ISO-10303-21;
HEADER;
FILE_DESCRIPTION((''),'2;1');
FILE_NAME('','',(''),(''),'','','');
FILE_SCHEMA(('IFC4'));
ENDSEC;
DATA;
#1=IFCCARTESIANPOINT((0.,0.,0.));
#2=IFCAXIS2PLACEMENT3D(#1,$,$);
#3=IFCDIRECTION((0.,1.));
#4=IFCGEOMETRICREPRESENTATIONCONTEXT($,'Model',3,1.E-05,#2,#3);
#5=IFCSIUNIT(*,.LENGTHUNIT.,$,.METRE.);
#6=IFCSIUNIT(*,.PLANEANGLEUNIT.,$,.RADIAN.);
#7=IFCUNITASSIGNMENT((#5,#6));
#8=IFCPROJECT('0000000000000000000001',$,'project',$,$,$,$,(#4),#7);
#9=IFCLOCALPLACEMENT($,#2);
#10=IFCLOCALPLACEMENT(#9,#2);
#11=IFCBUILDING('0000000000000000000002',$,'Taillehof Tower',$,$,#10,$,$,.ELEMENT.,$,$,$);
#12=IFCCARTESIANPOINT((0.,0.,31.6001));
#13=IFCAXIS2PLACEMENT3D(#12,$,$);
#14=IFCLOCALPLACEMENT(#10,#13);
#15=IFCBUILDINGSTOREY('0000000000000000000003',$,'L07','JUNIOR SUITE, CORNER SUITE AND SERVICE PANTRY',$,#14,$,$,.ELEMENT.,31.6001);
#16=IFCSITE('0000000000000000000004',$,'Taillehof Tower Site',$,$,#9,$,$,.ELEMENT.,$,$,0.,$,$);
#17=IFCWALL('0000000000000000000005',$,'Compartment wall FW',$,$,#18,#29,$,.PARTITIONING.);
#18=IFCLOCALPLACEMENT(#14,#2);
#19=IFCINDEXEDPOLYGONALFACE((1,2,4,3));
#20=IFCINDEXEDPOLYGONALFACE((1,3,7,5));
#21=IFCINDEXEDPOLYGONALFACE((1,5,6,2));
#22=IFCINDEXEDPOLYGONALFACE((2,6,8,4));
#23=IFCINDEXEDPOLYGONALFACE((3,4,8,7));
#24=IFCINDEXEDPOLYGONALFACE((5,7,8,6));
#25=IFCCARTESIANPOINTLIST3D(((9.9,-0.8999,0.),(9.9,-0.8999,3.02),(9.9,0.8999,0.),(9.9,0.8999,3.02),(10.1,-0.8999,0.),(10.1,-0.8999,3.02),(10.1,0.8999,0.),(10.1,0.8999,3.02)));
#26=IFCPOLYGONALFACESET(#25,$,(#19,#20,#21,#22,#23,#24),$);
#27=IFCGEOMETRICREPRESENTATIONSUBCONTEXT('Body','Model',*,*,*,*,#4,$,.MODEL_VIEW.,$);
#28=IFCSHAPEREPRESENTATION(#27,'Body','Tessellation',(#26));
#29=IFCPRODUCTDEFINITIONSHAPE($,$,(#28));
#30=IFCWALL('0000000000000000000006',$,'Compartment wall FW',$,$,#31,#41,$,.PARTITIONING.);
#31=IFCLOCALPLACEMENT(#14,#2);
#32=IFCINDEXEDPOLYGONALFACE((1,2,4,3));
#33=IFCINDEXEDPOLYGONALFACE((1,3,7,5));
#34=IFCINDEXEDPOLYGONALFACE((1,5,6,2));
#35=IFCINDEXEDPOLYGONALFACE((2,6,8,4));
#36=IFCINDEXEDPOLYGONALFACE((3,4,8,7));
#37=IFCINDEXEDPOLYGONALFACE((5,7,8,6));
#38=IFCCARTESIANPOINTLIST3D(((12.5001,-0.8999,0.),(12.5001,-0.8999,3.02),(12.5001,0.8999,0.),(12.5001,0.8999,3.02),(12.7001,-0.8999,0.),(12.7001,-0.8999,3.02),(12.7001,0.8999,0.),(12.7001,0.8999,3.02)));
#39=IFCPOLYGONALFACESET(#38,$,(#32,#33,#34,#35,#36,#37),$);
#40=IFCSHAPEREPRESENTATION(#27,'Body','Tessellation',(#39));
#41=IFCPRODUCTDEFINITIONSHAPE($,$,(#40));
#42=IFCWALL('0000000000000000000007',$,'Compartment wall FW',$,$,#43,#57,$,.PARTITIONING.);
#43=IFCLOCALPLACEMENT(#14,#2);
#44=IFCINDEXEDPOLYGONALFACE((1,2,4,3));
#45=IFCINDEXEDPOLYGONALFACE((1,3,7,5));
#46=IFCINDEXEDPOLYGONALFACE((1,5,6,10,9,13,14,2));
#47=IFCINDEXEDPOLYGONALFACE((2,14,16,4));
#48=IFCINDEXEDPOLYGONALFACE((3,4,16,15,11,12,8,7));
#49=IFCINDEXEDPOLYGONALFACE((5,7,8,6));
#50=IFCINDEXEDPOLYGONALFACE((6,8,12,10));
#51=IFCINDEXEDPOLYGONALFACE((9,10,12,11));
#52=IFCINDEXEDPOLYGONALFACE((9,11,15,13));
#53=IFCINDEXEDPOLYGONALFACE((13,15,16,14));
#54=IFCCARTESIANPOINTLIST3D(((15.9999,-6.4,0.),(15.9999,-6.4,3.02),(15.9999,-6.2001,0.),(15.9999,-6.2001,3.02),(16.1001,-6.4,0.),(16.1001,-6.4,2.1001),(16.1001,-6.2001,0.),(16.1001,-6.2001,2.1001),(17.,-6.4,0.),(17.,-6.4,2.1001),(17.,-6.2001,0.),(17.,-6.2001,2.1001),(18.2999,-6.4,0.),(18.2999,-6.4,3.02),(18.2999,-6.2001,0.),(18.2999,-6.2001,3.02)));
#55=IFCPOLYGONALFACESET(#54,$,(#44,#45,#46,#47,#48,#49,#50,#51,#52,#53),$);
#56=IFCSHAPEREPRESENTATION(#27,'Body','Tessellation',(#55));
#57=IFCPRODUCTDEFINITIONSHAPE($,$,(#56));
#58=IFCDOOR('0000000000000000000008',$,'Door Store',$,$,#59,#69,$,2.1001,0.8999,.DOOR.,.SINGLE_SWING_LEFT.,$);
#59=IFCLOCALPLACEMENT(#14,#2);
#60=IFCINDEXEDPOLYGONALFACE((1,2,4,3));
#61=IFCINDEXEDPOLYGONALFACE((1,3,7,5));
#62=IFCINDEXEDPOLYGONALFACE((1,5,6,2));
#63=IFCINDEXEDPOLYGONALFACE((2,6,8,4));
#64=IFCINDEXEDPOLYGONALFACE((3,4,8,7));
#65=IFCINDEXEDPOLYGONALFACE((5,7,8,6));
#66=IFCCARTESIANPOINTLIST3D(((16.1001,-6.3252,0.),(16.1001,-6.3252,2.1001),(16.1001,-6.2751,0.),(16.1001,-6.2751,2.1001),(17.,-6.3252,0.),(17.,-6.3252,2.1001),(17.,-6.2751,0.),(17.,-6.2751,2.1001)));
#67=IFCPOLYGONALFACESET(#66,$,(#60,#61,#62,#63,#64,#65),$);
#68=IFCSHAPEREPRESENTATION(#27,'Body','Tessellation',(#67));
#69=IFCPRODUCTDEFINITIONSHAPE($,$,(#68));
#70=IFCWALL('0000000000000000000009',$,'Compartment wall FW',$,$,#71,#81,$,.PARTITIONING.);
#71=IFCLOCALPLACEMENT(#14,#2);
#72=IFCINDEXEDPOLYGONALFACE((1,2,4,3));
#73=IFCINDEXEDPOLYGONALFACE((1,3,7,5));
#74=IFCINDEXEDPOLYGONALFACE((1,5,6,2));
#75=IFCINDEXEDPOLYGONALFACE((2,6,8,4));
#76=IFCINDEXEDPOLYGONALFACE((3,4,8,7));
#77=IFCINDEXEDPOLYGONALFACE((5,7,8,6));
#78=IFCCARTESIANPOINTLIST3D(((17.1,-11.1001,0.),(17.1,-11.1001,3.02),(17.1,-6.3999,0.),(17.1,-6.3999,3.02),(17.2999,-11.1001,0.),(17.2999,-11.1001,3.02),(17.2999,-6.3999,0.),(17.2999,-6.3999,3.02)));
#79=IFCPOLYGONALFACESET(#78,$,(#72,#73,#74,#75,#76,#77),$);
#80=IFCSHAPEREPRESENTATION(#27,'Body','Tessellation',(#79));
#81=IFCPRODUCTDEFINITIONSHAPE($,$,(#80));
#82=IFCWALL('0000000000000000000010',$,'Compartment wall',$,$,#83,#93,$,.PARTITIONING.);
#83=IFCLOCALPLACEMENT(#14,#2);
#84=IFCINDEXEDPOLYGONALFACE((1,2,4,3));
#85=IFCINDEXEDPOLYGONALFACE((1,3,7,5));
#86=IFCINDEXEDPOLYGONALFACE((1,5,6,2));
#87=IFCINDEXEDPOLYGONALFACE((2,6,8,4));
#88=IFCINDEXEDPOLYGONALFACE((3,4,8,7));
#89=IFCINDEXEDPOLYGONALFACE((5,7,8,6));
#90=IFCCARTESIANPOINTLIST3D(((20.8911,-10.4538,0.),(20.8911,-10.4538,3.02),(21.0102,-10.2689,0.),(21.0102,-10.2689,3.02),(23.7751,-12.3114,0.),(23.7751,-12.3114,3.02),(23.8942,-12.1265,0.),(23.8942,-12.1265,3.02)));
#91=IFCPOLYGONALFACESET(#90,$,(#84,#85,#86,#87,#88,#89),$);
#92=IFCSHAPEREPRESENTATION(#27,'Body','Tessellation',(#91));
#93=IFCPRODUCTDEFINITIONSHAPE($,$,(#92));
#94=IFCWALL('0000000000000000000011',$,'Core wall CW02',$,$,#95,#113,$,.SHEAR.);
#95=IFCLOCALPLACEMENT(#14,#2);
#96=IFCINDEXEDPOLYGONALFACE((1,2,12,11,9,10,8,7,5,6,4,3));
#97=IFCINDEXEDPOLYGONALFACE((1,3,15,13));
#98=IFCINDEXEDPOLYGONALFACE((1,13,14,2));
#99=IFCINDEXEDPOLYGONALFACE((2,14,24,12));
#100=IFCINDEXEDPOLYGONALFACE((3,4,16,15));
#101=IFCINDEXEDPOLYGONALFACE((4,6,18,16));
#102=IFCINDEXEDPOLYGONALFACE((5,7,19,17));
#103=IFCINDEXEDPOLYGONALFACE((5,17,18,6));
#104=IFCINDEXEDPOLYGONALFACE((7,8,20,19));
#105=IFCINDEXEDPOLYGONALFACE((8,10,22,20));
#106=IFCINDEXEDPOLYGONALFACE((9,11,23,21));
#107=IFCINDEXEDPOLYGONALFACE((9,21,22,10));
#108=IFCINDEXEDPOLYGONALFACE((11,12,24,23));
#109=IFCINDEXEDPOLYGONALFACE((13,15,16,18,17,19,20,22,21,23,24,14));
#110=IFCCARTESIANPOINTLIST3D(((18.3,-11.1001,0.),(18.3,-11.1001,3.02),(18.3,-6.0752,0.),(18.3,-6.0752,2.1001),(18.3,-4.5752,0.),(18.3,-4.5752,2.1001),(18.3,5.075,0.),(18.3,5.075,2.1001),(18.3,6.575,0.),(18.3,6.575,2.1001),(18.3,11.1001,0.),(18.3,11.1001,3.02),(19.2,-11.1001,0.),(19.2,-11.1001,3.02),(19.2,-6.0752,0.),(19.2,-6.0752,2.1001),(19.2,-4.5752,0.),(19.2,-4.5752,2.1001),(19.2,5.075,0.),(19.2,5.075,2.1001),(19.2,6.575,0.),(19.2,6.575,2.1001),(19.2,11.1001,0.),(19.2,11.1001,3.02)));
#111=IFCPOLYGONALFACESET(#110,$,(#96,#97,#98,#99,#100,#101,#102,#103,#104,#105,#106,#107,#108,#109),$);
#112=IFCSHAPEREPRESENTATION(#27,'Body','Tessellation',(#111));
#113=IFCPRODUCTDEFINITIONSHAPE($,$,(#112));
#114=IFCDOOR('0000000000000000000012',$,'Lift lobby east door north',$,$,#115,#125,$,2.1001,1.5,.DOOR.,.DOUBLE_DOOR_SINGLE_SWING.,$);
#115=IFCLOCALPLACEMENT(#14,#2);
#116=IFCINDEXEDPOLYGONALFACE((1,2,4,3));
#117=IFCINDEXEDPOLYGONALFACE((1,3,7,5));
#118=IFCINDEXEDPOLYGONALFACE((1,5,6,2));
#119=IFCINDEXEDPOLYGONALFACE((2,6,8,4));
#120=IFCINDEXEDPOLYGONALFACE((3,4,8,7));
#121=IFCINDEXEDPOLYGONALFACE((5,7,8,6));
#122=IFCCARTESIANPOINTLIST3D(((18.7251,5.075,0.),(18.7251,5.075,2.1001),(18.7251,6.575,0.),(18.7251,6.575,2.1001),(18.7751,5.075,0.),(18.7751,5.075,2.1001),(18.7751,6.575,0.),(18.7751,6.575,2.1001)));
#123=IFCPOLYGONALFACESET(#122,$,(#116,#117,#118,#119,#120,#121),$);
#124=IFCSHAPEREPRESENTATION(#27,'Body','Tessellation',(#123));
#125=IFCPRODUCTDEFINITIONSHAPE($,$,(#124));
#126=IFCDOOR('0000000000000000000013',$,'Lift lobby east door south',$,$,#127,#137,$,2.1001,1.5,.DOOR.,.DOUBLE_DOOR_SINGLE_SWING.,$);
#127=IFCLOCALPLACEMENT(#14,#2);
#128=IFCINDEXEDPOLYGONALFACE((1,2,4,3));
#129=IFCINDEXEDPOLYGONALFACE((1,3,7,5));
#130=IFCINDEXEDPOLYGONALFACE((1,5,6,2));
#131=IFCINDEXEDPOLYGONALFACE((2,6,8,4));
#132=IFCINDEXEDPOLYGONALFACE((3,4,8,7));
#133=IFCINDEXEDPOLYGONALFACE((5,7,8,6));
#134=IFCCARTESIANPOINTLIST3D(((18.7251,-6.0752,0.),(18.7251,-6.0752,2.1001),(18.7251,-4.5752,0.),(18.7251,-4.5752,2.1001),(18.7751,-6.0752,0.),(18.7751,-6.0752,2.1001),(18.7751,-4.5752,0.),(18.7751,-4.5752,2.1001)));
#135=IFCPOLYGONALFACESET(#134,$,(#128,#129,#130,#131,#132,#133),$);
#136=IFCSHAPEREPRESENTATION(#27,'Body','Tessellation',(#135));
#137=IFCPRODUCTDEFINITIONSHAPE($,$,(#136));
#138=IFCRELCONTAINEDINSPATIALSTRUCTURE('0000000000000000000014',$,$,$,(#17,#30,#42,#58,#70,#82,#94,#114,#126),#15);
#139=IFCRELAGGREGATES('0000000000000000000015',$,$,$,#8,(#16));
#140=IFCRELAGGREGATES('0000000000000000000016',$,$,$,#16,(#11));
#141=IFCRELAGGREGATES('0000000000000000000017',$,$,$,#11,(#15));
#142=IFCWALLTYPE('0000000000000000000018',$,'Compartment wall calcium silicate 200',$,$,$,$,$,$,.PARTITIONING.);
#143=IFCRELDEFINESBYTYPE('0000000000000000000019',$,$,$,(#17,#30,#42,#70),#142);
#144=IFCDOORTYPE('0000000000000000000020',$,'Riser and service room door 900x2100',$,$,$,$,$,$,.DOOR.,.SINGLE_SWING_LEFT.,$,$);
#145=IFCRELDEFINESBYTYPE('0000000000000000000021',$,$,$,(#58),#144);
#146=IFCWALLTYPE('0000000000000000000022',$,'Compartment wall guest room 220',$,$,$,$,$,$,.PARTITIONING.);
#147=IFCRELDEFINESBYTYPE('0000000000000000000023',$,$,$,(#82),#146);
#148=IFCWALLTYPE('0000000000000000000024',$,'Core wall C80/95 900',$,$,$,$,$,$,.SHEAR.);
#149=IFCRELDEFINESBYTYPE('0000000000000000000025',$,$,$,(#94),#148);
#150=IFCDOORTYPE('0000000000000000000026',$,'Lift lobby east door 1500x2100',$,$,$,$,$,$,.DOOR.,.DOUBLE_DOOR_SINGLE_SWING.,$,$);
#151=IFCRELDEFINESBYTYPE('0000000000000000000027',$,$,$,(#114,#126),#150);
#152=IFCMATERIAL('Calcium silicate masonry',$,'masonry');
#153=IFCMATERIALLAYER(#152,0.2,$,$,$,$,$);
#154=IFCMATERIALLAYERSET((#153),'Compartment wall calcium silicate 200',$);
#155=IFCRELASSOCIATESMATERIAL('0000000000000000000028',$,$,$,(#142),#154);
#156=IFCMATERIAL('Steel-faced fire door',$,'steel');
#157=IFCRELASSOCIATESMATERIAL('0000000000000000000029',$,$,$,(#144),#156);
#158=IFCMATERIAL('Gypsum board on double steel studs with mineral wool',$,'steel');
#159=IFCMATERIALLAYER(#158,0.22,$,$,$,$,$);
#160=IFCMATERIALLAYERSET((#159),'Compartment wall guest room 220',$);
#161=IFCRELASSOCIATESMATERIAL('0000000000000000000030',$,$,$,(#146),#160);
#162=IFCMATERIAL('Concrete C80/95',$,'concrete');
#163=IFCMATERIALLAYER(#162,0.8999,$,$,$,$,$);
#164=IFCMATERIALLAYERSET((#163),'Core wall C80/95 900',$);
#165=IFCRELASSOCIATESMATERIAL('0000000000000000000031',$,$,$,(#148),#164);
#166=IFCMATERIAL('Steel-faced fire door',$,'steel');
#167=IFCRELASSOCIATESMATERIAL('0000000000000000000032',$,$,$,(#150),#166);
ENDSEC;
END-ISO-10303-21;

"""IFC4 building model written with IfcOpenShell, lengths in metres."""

from ifc_helpers import new_model, si_unit, direction, frame, frame_2d, origin, place, context, subcontext, project, spatial, rectangle, extrude, material, layer, layer_set, type_object, element, fill, save


model = new_model("IFC4")

# Units and contexts
model_context = context("Model", 3, precision=1e-05, world=origin(), true_north=direction((0.0, 1.0)))
body_context = subcontext(model_context, "Body", "Model", "MODEL_VIEW")
ifc_project = project(units=[si_unit("LENGTHUNIT", "METRE"), si_unit("PLANEANGLEUNIT", "RADIAN")], contexts=[model_context])

# Site, building, storey
site_placement = place(None, origin())
site = spatial("IfcSite", under=ifc_project, at=site_placement, Name="Taillehof Tower Site", CompositionType="ELEMENT", RefElevation=0.0)
building_placement = place(site_placement, origin())
building = spatial("IfcBuilding", under=site, at=building_placement, Name="Taillehof Tower", CompositionType="ELEMENT")
storey_placement = place(building_placement, frame((0.0, 0.0, 31.6001)))
storey = spatial("IfcBuildingStorey", under=building, at=storey_placement, Name="L07", Description="JUNIOR SUITE, CORNER SUITE AND SERVICE PANTRY", CompositionType="ELEMENT", Elevation=31.6001)

# Walls
ifc_material_1 = material(Name="Calcium silicate masonry", Category="masonry")
ifc_layer_1 = layer(ifc_material_1, 0.2)
ifc_layer_set_1 = layer_set([ifc_layer_1], Name="Compartment wall calcium silicate 200")
wall_type_1 = type_object("IfcWallType", Name="Compartment wall calcium silicate 200", PredefinedType="PARTITIONING", material=ifc_layer_set_1)
for number, where, z_axis, x_axis, name in (
    (1, (10.0, -0.8999, 0.0), (0.0, 0.0, 1.0), (0.0, 1.0, 0.0), "Compartment wall FW"),
    (2, (12.6001, -0.8999, 0.0), (0.0, 0.0, 1.0), (0.0, 1.0, 0.0), "Compartment wall FW"),
):
    element("IfcWall", number, at=place(storey_placement, frame(where, z_axis=z_axis, x_axis=x_axis)), inside=storey, type_object=wall_type_1, Name=name, PredefinedType="PARTITIONING", context=body_context, shape_type="SweptSolid", body=[
        extrude(rectangle(XDim=1.7998, YDim=0.2, at=frame_2d((0.8999, 0.0))), origin(), (0.0, 0.0, 1.0), 3.02),
    ])

# Wall, opening, door
wall_1_placement = place(storey_placement, frame((16.0, -6.3, 0.0), z_axis=(0.0, 0.0, 1.0), x_axis=(1.0, 0.0, 0.0)))
wall_1 = element("IfcWall", 3, at=wall_1_placement, inside=storey, type_object=wall_type_1, Name="Compartment wall FW", PredefinedType="PARTITIONING", context=body_context, shape_type="SweptSolid", body=[
    extrude(rectangle(XDim=2.3, YDim=0.2, at=frame_2d((1.1499, 0.0))), origin(), (0.0, 0.0, 1.0), 3.02),
])
opening_1_placement = place(wall_1_placement, frame((0.1001, 0.0, 0.0)))
opening_1 = element("IfcOpeningElement", 4, at=opening_1_placement, cuts=wall_1, PredefinedType="OPENING", context=body_context, shape_type="SweptSolid", body=[
    extrude(rectangle(XDim=0.8999, YDim=2.1001, at=frame_2d((0.45, 1.05))), frame((0.0, 0.1099, 0.0), z_axis=(0.0, -1.0, 0.0), x_axis=(1.0, 0.0, 0.0)), (0.0, 0.0, 1.0), 0.22),
])
ifc_material_2 = material(Name="Steel-faced fire door", Category="steel")
door_type_1 = type_object("IfcDoorType", Name="Riser and service room door 900x2100", OperationType="SINGLE_SWING_LEFT", PredefinedType="DOOR", material=ifc_material_2)
door_1_placement = place(opening_1_placement, origin())
door_1 = element("IfcDoor", 5, at=door_1_placement, inside=storey, type_object=door_type_1, Name="Door Store", OperationType="SINGLE_SWING_LEFT", OverallHeight=2.1001, OverallWidth=0.8999, PredefinedType="DOOR", context=body_context, shape_type="SweptSolid", body=[
    extrude(rectangle(XDim=0.8999, YDim=2.1001, at=frame_2d((0.45, 1.05))), frame((0.0, 0.0249, 0.0), z_axis=(0.0, -1.0, 0.0), x_axis=(1.0, 0.0, 0.0)), (0.0, 0.0, 1.0), 0.05),
])
fill(opening_1, door_1)

# Walls
wall_2_placement = place(storey_placement, frame((17.2, -11.1001, 0.0), z_axis=(0.0, 0.0, 1.0), x_axis=(0.0, 1.0, 0.0)))
element("IfcWall", 6, at=wall_2_placement, inside=storey, type_object=wall_type_1, Name="Compartment wall FW", PredefinedType="PARTITIONING", context=body_context, shape_type="SweptSolid", body=[
    extrude(rectangle(XDim=4.7002, YDim=0.2, at=frame_2d((2.3501, 0.0))), origin(), (0.0, 0.0, 1.0), 3.02),
])
ifc_material_3 = material(Name="Gypsum board on double steel studs with mineral wool", Category="steel")
ifc_layer_2 = layer(ifc_material_3, 0.22)
ifc_layer_set_2 = layer_set([ifc_layer_2], Name="Compartment wall guest room 220")
wall_type_2 = type_object("IfcWallType", Name="Compartment wall guest room 220", PredefinedType="PARTITIONING", material=ifc_layer_set_2)
wall_3_placement = place(storey_placement, frame((23.8347, -12.219, 0.0), z_axis=(0.0, 0.0, 1.0), x_axis=(-0.840695, 0.541509, 0.0)))
element("IfcWall", 7, at=wall_3_placement, inside=storey, type_object=wall_type_2, Name="Compartment wall", PredefinedType="PARTITIONING", context=body_context, shape_type="SweptSolid", body=[
    extrude(rectangle(XDim=3.4304, YDim=0.22, at=frame_2d((1.7153, 0.0))), origin(), (0.0, 0.0, 1.0), 3.02),
])

# Wall, openings, doors
ifc_material_4 = material(Name="Concrete C80/95", Category="concrete")
ifc_layer_3 = layer(ifc_material_4, 0.8999)
ifc_layer_set_3 = layer_set([ifc_layer_3], Name="Core wall C80/95 900")
wall_type_3 = type_object("IfcWallType", Name="Core wall C80/95 900", PredefinedType="SHEAR", material=ifc_layer_set_3)
wall_4_placement = place(storey_placement, frame((18.75, -11.1001, 0.0), z_axis=(0.0, 0.0, 1.0), x_axis=(0.0, 1.0, 0.0)))
wall_4 = element("IfcWall", 8, at=wall_4_placement, inside=storey, type_object=wall_type_3, Name="Core wall CW02", PredefinedType="SHEAR", context=body_context, shape_type="SweptSolid", body=[
    extrude(rectangle(XDim=22.2002, YDim=0.8999, at=frame_2d((11.1001, 0.0))), origin(), (0.0, 0.0, 1.0), 3.02),
])
opening_2_placement = place(wall_4_placement, frame((16.175, 0.0, 0.0)))
opening_2 = element("IfcOpeningElement", 9, at=opening_2_placement, cuts=wall_4, PredefinedType="OPENING", context=body_context, shape_type="SweptSolid", body=[
    extrude(rectangle(XDim=1.5, YDim=2.1001, at=frame_2d((0.75, 1.05))), frame((0.0, 0.46, 0.0), z_axis=(0.0, -1.0, 0.0), x_axis=(1.0, 0.0, 0.0)), (0.0, 0.0, 1.0), 0.9199),
])
opening_3_placement = place(wall_4_placement, frame((5.0249, 0.0, 0.0)))
opening_3 = element("IfcOpeningElement", 10, at=opening_3_placement, cuts=wall_4, PredefinedType="OPENING", context=body_context, shape_type="SweptSolid", body=[
    extrude(rectangle(XDim=1.5, YDim=2.1001, at=frame_2d((0.75, 1.05))), frame((0.0, 0.46, 0.0), z_axis=(0.0, -1.0, 0.0), x_axis=(1.0, 0.0, 0.0)), (0.0, 0.0, 1.0), 0.9199),
])
ifc_material_5 = material(Name="Steel-faced fire door", Category="steel")
door_type_2 = type_object("IfcDoorType", Name="Lift lobby east door 1500x2100", OperationType="DOUBLE_DOOR_SINGLE_SWING", PredefinedType="DOOR", material=ifc_material_5)
door_2_placement = place(opening_2_placement, origin())
door_2 = element("IfcDoor", 11, at=door_2_placement, inside=storey, type_object=door_type_2, Name="Lift lobby east door north", OperationType="DOUBLE_DOOR_SINGLE_SWING", OverallHeight=2.1001, OverallWidth=1.5, PredefinedType="DOOR", context=body_context, shape_type="SweptSolid", body=[
    extrude(rectangle(XDim=1.5, YDim=2.1001, at=frame_2d((0.75, 1.05))), frame((0.0, 0.0249, 0.0), z_axis=(0.0, -1.0, 0.0), x_axis=(1.0, 0.0, 0.0)), (0.0, 0.0, 1.0), 0.05),
])
fill(opening_2, door_2)
door_3_placement = place(opening_3_placement, origin())
door_3 = element("IfcDoor", 12, at=door_3_placement, inside=storey, type_object=door_type_2, Name="Lift lobby east door south", OperationType="DOUBLE_DOOR_SINGLE_SWING", OverallHeight=2.1001, OverallWidth=1.5, PredefinedType="DOOR", context=body_context, shape_type="SweptSolid", body=[
    extrude(rectangle(XDim=1.5, YDim=2.1001, at=frame_2d((0.75, 1.05))), frame((0.0, 0.0249, 0.0), z_axis=(0.0, -1.0, 0.0), x_axis=(1.0, 0.0, 0.0)), (0.0, 0.0, 1.0), 0.05),
])
fill(opening_3, door_3)

save(model, "model.ifc")
